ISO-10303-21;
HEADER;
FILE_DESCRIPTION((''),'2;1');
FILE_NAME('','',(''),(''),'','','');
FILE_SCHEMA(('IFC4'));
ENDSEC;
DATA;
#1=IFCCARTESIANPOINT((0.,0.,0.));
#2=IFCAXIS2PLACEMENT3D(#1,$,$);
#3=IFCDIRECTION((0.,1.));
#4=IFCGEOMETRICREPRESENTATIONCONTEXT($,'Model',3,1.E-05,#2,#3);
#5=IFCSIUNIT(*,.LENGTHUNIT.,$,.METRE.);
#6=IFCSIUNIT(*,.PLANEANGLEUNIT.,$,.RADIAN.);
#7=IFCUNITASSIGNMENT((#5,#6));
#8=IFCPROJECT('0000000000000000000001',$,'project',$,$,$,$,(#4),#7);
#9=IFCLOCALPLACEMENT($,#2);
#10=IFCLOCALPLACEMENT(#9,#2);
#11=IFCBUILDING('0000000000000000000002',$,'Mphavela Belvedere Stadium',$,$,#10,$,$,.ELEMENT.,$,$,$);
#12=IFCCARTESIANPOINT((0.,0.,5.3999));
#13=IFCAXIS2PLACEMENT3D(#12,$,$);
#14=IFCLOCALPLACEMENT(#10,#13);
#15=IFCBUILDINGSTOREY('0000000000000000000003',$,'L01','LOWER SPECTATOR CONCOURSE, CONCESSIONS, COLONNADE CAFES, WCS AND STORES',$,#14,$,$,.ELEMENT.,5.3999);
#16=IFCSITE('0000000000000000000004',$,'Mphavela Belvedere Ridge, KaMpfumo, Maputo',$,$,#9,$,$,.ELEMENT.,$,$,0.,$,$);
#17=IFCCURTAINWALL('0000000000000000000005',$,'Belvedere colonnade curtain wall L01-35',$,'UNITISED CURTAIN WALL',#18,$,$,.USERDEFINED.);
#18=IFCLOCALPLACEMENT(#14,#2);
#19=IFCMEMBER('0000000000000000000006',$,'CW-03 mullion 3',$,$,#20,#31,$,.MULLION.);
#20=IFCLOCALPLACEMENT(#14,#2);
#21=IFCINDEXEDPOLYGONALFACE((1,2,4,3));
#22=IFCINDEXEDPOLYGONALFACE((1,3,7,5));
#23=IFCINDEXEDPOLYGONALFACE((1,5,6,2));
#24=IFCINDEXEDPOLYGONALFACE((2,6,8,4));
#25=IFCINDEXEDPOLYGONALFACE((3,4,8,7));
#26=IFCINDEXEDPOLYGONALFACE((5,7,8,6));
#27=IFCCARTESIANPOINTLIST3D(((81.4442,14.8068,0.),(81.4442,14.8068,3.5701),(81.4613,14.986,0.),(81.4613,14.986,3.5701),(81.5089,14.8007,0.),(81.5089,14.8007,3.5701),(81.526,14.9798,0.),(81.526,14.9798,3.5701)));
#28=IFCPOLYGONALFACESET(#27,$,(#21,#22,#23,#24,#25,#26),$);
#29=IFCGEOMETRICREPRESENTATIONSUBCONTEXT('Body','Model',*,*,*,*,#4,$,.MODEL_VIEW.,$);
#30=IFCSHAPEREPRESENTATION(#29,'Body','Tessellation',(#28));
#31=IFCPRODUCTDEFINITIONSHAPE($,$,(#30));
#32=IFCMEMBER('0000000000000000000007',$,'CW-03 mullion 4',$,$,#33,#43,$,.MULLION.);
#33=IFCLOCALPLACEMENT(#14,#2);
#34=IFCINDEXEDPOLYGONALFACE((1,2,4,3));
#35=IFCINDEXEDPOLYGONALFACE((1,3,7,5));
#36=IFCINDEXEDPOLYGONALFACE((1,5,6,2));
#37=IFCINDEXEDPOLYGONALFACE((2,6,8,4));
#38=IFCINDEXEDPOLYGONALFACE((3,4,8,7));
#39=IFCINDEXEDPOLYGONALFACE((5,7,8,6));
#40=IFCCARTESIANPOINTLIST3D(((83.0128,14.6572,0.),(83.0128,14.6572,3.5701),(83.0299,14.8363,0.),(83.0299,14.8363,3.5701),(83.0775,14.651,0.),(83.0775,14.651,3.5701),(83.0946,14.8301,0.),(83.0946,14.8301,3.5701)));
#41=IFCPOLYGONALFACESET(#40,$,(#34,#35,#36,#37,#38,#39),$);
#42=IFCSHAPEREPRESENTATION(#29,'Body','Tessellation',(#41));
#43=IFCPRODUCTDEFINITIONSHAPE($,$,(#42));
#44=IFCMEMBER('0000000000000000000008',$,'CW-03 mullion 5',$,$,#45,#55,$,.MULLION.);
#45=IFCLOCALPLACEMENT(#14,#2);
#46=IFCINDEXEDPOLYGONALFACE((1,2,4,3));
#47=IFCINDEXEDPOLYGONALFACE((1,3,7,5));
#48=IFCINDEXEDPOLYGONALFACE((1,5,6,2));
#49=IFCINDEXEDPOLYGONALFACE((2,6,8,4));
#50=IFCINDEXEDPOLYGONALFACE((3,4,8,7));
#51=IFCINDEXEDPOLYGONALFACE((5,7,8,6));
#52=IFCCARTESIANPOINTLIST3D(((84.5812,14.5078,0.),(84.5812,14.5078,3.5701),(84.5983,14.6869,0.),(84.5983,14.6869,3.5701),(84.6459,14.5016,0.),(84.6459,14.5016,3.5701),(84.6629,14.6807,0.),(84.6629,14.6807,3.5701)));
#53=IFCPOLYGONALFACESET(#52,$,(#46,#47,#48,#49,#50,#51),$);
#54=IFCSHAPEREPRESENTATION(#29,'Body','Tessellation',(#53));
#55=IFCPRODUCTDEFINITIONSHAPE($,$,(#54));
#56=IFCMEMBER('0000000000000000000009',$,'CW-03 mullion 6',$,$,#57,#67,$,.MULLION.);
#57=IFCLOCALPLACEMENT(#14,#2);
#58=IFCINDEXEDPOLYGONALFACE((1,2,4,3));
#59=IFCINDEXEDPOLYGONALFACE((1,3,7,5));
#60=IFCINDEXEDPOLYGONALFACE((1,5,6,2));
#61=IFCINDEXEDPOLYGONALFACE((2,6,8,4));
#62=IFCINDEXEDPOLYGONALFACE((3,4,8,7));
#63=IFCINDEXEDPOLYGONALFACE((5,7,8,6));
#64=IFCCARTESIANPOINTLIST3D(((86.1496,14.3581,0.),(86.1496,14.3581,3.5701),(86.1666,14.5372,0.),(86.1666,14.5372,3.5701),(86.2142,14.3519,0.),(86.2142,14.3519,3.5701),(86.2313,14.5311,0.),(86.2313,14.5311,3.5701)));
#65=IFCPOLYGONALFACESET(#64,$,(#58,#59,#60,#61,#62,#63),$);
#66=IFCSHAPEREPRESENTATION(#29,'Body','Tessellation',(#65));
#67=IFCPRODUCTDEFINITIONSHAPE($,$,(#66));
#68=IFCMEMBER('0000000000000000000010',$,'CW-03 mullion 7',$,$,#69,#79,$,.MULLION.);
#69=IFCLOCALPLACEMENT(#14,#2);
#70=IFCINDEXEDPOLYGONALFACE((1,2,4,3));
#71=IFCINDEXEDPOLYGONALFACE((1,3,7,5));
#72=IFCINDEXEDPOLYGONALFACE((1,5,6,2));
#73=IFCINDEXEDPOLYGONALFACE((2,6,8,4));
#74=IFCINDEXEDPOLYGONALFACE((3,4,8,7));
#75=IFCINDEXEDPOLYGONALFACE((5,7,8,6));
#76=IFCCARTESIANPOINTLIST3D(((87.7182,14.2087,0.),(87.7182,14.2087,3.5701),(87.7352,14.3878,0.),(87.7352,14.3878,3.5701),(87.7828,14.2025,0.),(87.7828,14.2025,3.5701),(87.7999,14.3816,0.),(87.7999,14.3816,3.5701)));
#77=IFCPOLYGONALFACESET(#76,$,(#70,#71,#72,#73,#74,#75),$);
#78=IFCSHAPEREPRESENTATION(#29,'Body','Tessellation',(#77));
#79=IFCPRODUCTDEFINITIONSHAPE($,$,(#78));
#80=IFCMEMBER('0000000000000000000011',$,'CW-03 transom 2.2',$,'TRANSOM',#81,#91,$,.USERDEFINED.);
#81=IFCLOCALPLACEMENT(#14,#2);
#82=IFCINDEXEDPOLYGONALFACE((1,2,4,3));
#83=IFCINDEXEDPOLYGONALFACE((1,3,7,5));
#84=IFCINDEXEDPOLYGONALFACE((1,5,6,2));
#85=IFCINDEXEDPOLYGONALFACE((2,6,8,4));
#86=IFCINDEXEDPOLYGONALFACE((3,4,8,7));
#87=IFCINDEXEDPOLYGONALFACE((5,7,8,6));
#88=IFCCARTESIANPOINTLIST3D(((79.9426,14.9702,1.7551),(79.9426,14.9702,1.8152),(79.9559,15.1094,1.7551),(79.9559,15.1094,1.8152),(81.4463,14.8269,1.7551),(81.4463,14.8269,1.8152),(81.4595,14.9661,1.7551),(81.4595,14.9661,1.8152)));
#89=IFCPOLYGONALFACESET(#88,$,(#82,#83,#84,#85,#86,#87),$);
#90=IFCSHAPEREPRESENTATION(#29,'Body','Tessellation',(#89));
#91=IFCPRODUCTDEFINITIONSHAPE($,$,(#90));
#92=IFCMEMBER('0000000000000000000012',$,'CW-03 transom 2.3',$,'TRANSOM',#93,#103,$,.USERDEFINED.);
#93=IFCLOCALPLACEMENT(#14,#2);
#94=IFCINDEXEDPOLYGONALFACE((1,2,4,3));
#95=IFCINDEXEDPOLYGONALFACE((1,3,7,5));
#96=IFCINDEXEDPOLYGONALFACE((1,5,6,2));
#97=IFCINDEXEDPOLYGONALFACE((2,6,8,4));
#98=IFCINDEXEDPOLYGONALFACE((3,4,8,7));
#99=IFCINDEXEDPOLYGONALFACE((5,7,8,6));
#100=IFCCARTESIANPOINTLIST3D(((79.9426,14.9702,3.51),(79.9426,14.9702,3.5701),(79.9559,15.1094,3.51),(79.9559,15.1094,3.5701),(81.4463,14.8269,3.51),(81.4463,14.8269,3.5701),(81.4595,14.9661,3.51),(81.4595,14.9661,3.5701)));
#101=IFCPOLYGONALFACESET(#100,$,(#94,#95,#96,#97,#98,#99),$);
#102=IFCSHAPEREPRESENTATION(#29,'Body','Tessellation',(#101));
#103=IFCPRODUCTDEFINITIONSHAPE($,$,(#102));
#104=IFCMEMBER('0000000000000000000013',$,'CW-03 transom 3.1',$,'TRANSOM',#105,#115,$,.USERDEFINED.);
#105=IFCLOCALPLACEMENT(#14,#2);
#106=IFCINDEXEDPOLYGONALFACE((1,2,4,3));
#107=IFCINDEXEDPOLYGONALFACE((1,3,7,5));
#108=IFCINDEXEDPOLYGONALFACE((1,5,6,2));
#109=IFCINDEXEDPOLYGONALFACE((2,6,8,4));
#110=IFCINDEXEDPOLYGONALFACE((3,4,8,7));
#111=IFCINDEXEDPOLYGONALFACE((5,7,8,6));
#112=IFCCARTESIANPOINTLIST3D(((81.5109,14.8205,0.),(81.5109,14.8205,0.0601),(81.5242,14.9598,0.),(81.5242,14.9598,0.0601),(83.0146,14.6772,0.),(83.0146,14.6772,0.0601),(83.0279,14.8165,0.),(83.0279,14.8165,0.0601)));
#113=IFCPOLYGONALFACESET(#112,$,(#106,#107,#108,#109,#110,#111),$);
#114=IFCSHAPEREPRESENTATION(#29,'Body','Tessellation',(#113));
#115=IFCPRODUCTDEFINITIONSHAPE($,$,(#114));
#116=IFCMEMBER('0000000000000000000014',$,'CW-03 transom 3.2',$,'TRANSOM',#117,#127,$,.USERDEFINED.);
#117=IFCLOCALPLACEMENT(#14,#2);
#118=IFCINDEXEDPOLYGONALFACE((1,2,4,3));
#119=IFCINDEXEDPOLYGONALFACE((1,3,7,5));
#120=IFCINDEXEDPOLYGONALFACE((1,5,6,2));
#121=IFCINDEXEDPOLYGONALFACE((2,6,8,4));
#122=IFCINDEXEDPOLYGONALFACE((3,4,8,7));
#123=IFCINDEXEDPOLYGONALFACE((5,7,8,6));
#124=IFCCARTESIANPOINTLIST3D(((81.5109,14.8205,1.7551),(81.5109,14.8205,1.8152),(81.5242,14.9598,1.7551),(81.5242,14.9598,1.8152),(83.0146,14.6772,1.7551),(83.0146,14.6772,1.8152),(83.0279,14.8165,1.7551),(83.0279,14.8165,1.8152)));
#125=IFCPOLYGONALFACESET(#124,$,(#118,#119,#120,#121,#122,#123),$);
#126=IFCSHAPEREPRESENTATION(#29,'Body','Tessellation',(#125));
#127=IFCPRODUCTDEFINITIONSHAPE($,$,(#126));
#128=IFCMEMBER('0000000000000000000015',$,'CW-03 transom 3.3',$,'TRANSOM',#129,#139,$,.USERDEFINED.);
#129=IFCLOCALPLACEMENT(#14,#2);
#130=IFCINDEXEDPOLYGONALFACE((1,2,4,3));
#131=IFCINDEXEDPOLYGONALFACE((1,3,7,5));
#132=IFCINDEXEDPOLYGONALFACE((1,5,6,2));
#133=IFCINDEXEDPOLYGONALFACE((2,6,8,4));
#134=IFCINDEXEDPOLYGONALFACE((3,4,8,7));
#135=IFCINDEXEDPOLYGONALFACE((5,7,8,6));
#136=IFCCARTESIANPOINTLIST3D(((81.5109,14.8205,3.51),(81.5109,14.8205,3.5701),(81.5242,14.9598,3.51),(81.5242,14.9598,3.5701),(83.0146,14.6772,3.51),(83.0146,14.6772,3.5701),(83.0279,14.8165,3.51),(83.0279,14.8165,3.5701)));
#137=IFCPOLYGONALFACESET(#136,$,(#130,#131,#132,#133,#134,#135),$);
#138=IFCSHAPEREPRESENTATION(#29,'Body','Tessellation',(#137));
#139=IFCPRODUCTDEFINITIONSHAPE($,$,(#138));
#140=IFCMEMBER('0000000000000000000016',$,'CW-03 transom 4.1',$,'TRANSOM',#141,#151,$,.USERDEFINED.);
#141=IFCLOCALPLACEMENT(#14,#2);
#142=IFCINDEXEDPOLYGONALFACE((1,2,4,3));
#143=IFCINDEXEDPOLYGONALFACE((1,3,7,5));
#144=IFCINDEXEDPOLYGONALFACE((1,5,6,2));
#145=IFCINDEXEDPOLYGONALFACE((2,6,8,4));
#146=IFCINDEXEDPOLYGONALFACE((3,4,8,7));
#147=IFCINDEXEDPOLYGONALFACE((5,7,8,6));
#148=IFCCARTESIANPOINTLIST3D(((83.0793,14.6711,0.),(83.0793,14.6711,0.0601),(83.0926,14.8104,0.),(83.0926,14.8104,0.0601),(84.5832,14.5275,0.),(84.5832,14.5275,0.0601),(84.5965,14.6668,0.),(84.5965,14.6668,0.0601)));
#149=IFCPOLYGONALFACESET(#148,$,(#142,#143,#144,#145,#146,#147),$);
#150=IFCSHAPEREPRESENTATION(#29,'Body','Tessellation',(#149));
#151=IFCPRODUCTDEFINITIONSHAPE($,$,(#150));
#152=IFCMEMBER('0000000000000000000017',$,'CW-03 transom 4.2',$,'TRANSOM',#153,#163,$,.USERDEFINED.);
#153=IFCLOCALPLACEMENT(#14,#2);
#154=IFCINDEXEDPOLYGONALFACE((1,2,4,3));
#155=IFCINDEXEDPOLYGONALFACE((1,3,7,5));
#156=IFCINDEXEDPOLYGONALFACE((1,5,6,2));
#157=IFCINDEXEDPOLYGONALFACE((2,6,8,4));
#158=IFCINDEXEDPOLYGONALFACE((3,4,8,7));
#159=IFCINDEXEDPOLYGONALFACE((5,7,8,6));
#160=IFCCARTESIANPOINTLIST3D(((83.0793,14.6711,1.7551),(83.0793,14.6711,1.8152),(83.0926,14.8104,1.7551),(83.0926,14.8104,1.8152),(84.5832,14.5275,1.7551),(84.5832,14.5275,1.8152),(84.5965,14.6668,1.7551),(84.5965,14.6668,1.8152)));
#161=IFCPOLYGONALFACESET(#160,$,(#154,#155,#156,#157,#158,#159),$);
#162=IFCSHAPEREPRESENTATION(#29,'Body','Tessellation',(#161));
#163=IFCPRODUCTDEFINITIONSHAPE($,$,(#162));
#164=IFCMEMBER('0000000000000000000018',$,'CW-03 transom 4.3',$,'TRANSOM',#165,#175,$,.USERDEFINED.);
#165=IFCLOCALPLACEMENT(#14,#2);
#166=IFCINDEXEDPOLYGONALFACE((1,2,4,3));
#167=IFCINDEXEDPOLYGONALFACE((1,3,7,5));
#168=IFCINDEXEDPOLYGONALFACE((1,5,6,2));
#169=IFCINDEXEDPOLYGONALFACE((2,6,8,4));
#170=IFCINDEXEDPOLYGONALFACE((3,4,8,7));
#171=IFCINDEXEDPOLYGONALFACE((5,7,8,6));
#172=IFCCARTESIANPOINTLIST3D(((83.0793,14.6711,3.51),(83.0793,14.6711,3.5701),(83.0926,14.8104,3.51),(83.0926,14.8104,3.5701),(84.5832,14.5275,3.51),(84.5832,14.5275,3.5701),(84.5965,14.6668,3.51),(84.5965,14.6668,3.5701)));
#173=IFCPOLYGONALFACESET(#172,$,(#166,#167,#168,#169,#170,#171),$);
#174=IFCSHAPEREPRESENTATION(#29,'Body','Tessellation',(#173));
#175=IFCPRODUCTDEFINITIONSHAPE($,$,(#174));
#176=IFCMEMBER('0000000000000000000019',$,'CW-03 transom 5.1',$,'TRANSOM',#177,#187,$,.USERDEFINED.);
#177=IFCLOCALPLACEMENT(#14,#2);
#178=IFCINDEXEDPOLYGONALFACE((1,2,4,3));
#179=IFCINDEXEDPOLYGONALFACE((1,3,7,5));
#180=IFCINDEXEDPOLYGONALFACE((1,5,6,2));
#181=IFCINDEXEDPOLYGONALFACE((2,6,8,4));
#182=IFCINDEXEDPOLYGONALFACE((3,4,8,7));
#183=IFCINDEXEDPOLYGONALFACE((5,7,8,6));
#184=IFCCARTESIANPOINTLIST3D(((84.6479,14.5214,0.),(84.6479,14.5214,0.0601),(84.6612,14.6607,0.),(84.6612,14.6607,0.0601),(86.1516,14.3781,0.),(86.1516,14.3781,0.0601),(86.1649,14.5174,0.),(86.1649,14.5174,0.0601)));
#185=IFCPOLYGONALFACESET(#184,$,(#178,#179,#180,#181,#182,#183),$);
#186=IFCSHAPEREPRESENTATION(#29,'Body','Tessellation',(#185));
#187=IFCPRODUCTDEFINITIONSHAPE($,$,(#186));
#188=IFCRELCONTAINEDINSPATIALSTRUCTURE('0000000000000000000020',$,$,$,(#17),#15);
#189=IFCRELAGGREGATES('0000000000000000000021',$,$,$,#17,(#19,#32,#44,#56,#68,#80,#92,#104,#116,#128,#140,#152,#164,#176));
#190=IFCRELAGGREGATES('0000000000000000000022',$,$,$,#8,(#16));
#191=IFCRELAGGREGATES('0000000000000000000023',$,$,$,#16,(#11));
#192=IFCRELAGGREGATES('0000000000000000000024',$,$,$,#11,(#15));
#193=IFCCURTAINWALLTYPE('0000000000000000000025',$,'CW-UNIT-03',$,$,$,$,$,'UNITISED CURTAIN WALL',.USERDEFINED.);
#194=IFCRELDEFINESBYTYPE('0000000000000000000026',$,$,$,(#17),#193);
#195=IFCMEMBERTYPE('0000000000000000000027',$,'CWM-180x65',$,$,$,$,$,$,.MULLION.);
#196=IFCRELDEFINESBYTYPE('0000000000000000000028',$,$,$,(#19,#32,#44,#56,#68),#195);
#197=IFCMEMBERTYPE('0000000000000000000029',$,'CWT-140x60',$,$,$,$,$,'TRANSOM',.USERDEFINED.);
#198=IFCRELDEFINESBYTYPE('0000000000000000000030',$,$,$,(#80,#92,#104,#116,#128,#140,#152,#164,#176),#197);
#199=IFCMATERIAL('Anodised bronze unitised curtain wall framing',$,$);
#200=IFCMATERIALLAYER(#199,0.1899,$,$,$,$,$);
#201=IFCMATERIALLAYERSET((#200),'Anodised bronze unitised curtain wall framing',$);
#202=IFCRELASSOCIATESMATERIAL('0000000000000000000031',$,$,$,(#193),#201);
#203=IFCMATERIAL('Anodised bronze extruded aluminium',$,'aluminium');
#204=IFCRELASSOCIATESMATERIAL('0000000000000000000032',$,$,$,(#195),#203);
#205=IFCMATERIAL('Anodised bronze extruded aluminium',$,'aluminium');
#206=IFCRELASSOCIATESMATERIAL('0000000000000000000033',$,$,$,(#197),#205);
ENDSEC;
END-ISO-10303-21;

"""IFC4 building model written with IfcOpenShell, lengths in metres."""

from ifc_helpers import new_model, si_unit, direction, frame, origin, origin_2d, place, context, subcontext, project, spatial, rectangle, extrude, material, layer, layer_set, material_profile, profile_set, type_object, element, aggregate, save


model = new_model("IFC4")

# Units and contexts
model_context = context("Model", 3, precision=1e-05, world=origin(), true_north=direction((0.0, 1.0)))
body_context = subcontext(model_context, "Body", "Model", "MODEL_VIEW")
ifc_project = project(units=[si_unit("LENGTHUNIT", "METRE"), si_unit("PLANEANGLEUNIT", "RADIAN")], contexts=[model_context])

# Site, building, storey
site_placement = place(None, origin())
site = spatial("IfcSite", under=ifc_project, at=site_placement, Name="Mphavela Belvedere Ridge, KaMpfumo, Maputo", CompositionType="ELEMENT", RefElevation=0.0)
building_placement = place(site_placement, origin())
building = spatial("IfcBuilding", under=site, at=building_placement, Name="Mphavela Belvedere Stadium", CompositionType="ELEMENT")
storey_placement = place(building_placement, frame((0.0, 0.0, 5.3999)))
storey = spatial("IfcBuildingStorey", under=building, at=storey_placement, Name="L01", Description="LOWER SPECTATOR CONCOURSE, CONCESSIONS, COLONNADE CAFES, WCS AND STORES", CompositionType="ELEMENT", Elevation=5.3999)

# Curtain wall, members
ifc_material_1 = material(Name="Anodised bronze unitised curtain wall framing")
ifc_layer_1 = layer(ifc_material_1, 0.1899)
ifc_layer_set_1 = layer_set([ifc_layer_1], Name="Anodised bronze unitised curtain wall framing")
curtain_wall_type = type_object("IfcCurtainWallType", Name="CW-UNIT-03", ElementType="UNITISED CURTAIN WALL", PredefinedType="USERDEFINED", material=ifc_layer_set_1)
curtain_wall_placement = place(storey_placement, origin())
curtain_wall = element("IfcCurtainWall", 1, at=curtain_wall_placement, inside=storey, type_object=curtain_wall_type, Name="Belvedere colonnade curtain wall L01-35", ObjectType="UNITISED CURTAIN WALL", PredefinedType="USERDEFINED")
ifc_material_2 = material(Name="Anodised bronze extruded aluminium", Category="aluminium")
ifc_material_profile_1 = material_profile(ifc_material_2, rectangle(XDim=0.1799, YDim=0.0649, at=origin_2d()), Name="CW-MUL 180x65")
ifc_profile_set_1 = profile_set([ifc_material_profile_1], Name="Anodised bronze extruded aluminium")
member_type_1 = type_object("IfcMemberType", Name="CWM-180x65", PredefinedType="MULLION", material=ifc_profile_set_1)
member_1_placement = place(storey_placement, frame((81.4851, 14.8933, 0.0), z_axis=(0.0, 0.0, 1.0), x_axis=(0.094922, 0.995485, 0.0)))
member_1 = element("IfcMember", 2, at=member_1_placement, type_object=member_type_1, Name="CW-03 mullion 3", PredefinedType="MULLION", context=body_context, shape_type="SweptSolid", body=[
    extrude(rectangle(XDim=0.1799, YDim=0.0649, at=origin_2d()), origin(), (0.0, 0.0, 1.0), 3.5701),
])
member_2_placement = place(storey_placement, frame((83.0537, 14.7437, 0.0), z_axis=(0.0, 0.0, 1.0), x_axis=(0.094922, 0.995485, 0.0)))
member_2 = element("IfcMember", 3, at=member_2_placement, type_object=member_type_1, Name="CW-03 mullion 4", PredefinedType="MULLION", context=body_context, shape_type="SweptSolid", body=[
    extrude(rectangle(XDim=0.1799, YDim=0.0649, at=origin_2d()), origin(), (0.0, 0.0, 1.0), 3.5701),
])
member_3_placement = place(storey_placement, frame((84.6221, 14.5942, 0.0), z_axis=(0.0, 0.0, 1.0), x_axis=(0.094922, 0.995485, 0.0)))
member_3 = element("IfcMember", 4, at=member_3_placement, type_object=member_type_1, Name="CW-03 mullion 5", PredefinedType="MULLION", context=body_context, shape_type="SweptSolid", body=[
    extrude(rectangle(XDim=0.1799, YDim=0.0649, at=origin_2d()), origin(), (0.0, 0.0, 1.0), 3.5701),
])
member_4_placement = place(storey_placement, frame((86.1904, 14.4446, 0.0), z_axis=(0.0, 0.0, 1.0), x_axis=(0.094922, 0.995485, 0.0)))
member_4 = element("IfcMember", 5, at=member_4_placement, type_object=member_type_1, Name="CW-03 mullion 6", PredefinedType="MULLION", context=body_context, shape_type="SweptSolid", body=[
    extrude(rectangle(XDim=0.1799, YDim=0.0649, at=origin_2d()), origin(), (0.0, 0.0, 1.0), 3.5701),
])
member_5_placement = place(storey_placement, frame((87.759, 14.2952, 0.0), z_axis=(0.0, 0.0, 1.0), x_axis=(0.094922, 0.995485, 0.0)))
member_5 = element("IfcMember", 6, at=member_5_placement, type_object=member_type_1, Name="CW-03 mullion 7", PredefinedType="MULLION", context=body_context, shape_type="SweptSolid", body=[
    extrude(rectangle(XDim=0.1799, YDim=0.0649, at=origin_2d()), origin(), (0.0, 0.0, 1.0), 3.5701),
])
ifc_material_3 = material(Name="Anodised bronze extruded aluminium", Category="aluminium")
ifc_material_profile_2 = material_profile(ifc_material_3, rectangle(XDim=0.1399, YDim=0.0601, at=origin_2d()), Name="CW-TRN 140x60")
ifc_profile_set_2 = profile_set([ifc_material_profile_2], Name="Anodised bronze extruded aluminium")
member_type_2 = type_object("IfcMemberType", Name="CWT-140x60", ElementType="TRANSOM", PredefinedType="USERDEFINED", material=ifc_profile_set_2)
member_6_placement = place(storey_placement, frame((79.9492, 15.0398, 1.7852), z_axis=(0.995489, -0.094878, 0.0), x_axis=(0.094878, 0.995489, 0.0)))
member_6 = element("IfcMember", 7, at=member_6_placement, type_object=member_type_2, Name="CW-03 transom 2.2", ObjectType="TRANSOM", PredefinedType="USERDEFINED", context=body_context, shape_type="SweptSolid", body=[
    extrude(rectangle(XDim=0.1399, YDim=0.0601, at=origin_2d()), origin(), (0.0, 0.0, 1.0), 1.5105),
])
member_7_placement = place(storey_placement, frame((79.9492, 15.0398, 3.54), z_axis=(0.995489, -0.094878, 0.0), x_axis=(0.094878, 0.995489, 0.0)))
member_7 = element("IfcMember", 8, at=member_7_placement, type_object=member_type_2, Name="CW-03 transom 2.3", ObjectType="TRANSOM", PredefinedType="USERDEFINED", context=body_context, shape_type="SweptSolid", body=[
    extrude(rectangle(XDim=0.1399, YDim=0.0601, at=origin_2d()), origin(), (0.0, 0.0, 1.0), 1.5105),
])
member_8_placement = place(storey_placement, frame((81.5176, 14.8901, 0.03), z_axis=(0.995489, -0.094878, 0.0), x_axis=(0.094878, 0.995489, 0.0)))
member_8 = element("IfcMember", 9, at=member_8_placement, type_object=member_type_2, Name="CW-03 transom 3.1", ObjectType="TRANSOM", PredefinedType="USERDEFINED", context=body_context, shape_type="SweptSolid", body=[
    extrude(rectangle(XDim=0.1399, YDim=0.0601, at=origin_2d()), origin(), (0.0, 0.0, 1.0), 1.5105),
])
member_9_placement = place(storey_placement, frame((81.5176, 14.8901, 1.7852), z_axis=(0.995489, -0.094878, 0.0), x_axis=(0.094878, 0.995489, 0.0)))
member_9 = element("IfcMember", 10, at=member_9_placement, type_object=member_type_2, Name="CW-03 transom 3.2", ObjectType="TRANSOM", PredefinedType="USERDEFINED", context=body_context, shape_type="SweptSolid", body=[
    extrude(rectangle(XDim=0.1399, YDim=0.0601, at=origin_2d()), origin(), (0.0, 0.0, 1.0), 1.5105),
])
member_10_placement = place(storey_placement, frame((81.5176, 14.8901, 3.54), z_axis=(0.995489, -0.094878, 0.0), x_axis=(0.094878, 0.995489, 0.0)))
member_10 = element("IfcMember", 11, at=member_10_placement, type_object=member_type_2, Name="CW-03 transom 3.3", ObjectType="TRANSOM", PredefinedType="USERDEFINED", context=body_context, shape_type="SweptSolid", body=[
    extrude(rectangle(XDim=0.1399, YDim=0.0601, at=origin_2d()), origin(), (0.0, 0.0, 1.0), 1.5105),
])
member_11_placement = place(storey_placement, frame((83.0859, 14.7407, 0.03), z_axis=(0.995475, -0.095023, 0.0), x_axis=(0.095023, 0.995475, 0.0)))
member_11 = element("IfcMember", 12, at=member_11_placement, type_object=member_type_2, Name="CW-03 transom 4.1", ObjectType="TRANSOM", PredefinedType="USERDEFINED", context=body_context, shape_type="SweptSolid", body=[
    extrude(rectangle(XDim=0.1399, YDim=0.0601, at=origin_2d()), origin(), (0.0, 0.0, 1.0), 1.5107),
])
member_12_placement = place(storey_placement, frame((83.0859, 14.7407, 1.7852), z_axis=(0.995475, -0.095023, 0.0), x_axis=(0.095023, 0.995475, 0.0)))
member_12 = element("IfcMember", 13, at=member_12_placement, type_object=member_type_2, Name="CW-03 transom 4.2", ObjectType="TRANSOM", PredefinedType="USERDEFINED", context=body_context, shape_type="SweptSolid", body=[
    extrude(rectangle(XDim=0.1399, YDim=0.0601, at=origin_2d()), origin(), (0.0, 0.0, 1.0), 1.5107),
])
member_13_placement = place(storey_placement, frame((83.0859, 14.7407, 3.54), z_axis=(0.995475, -0.095023, 0.0), x_axis=(0.095023, 0.995475, 0.0)))
member_13 = element("IfcMember", 14, at=member_13_placement, type_object=member_type_2, Name="CW-03 transom 4.3", ObjectType="TRANSOM", PredefinedType="USERDEFINED", context=body_context, shape_type="SweptSolid", body=[
    extrude(rectangle(XDim=0.1399, YDim=0.0601, at=origin_2d()), origin(), (0.0, 0.0, 1.0), 1.5107),
])
member_14_placement = place(storey_placement, frame((84.6545, 14.5911, 0.03), z_axis=(0.995489, -0.094878, 0.0), x_axis=(0.094878, 0.995489, 0.0)))
member_14 = element("IfcMember", 15, at=member_14_placement, type_object=member_type_2, Name="CW-03 transom 5.1", ObjectType="TRANSOM", PredefinedType="USERDEFINED", context=body_context, shape_type="SweptSolid", body=[
    extrude(rectangle(XDim=0.1399, YDim=0.0601, at=origin_2d()), origin(), (0.0, 0.0, 1.0), 1.5105),
])
aggregate(curtain_wall, [member_1, member_2, member_3, member_4, member_5, member_6, member_7, member_8, member_9, member_10, member_11, member_12, member_13, member_14])

save(model, "model.ifc")
